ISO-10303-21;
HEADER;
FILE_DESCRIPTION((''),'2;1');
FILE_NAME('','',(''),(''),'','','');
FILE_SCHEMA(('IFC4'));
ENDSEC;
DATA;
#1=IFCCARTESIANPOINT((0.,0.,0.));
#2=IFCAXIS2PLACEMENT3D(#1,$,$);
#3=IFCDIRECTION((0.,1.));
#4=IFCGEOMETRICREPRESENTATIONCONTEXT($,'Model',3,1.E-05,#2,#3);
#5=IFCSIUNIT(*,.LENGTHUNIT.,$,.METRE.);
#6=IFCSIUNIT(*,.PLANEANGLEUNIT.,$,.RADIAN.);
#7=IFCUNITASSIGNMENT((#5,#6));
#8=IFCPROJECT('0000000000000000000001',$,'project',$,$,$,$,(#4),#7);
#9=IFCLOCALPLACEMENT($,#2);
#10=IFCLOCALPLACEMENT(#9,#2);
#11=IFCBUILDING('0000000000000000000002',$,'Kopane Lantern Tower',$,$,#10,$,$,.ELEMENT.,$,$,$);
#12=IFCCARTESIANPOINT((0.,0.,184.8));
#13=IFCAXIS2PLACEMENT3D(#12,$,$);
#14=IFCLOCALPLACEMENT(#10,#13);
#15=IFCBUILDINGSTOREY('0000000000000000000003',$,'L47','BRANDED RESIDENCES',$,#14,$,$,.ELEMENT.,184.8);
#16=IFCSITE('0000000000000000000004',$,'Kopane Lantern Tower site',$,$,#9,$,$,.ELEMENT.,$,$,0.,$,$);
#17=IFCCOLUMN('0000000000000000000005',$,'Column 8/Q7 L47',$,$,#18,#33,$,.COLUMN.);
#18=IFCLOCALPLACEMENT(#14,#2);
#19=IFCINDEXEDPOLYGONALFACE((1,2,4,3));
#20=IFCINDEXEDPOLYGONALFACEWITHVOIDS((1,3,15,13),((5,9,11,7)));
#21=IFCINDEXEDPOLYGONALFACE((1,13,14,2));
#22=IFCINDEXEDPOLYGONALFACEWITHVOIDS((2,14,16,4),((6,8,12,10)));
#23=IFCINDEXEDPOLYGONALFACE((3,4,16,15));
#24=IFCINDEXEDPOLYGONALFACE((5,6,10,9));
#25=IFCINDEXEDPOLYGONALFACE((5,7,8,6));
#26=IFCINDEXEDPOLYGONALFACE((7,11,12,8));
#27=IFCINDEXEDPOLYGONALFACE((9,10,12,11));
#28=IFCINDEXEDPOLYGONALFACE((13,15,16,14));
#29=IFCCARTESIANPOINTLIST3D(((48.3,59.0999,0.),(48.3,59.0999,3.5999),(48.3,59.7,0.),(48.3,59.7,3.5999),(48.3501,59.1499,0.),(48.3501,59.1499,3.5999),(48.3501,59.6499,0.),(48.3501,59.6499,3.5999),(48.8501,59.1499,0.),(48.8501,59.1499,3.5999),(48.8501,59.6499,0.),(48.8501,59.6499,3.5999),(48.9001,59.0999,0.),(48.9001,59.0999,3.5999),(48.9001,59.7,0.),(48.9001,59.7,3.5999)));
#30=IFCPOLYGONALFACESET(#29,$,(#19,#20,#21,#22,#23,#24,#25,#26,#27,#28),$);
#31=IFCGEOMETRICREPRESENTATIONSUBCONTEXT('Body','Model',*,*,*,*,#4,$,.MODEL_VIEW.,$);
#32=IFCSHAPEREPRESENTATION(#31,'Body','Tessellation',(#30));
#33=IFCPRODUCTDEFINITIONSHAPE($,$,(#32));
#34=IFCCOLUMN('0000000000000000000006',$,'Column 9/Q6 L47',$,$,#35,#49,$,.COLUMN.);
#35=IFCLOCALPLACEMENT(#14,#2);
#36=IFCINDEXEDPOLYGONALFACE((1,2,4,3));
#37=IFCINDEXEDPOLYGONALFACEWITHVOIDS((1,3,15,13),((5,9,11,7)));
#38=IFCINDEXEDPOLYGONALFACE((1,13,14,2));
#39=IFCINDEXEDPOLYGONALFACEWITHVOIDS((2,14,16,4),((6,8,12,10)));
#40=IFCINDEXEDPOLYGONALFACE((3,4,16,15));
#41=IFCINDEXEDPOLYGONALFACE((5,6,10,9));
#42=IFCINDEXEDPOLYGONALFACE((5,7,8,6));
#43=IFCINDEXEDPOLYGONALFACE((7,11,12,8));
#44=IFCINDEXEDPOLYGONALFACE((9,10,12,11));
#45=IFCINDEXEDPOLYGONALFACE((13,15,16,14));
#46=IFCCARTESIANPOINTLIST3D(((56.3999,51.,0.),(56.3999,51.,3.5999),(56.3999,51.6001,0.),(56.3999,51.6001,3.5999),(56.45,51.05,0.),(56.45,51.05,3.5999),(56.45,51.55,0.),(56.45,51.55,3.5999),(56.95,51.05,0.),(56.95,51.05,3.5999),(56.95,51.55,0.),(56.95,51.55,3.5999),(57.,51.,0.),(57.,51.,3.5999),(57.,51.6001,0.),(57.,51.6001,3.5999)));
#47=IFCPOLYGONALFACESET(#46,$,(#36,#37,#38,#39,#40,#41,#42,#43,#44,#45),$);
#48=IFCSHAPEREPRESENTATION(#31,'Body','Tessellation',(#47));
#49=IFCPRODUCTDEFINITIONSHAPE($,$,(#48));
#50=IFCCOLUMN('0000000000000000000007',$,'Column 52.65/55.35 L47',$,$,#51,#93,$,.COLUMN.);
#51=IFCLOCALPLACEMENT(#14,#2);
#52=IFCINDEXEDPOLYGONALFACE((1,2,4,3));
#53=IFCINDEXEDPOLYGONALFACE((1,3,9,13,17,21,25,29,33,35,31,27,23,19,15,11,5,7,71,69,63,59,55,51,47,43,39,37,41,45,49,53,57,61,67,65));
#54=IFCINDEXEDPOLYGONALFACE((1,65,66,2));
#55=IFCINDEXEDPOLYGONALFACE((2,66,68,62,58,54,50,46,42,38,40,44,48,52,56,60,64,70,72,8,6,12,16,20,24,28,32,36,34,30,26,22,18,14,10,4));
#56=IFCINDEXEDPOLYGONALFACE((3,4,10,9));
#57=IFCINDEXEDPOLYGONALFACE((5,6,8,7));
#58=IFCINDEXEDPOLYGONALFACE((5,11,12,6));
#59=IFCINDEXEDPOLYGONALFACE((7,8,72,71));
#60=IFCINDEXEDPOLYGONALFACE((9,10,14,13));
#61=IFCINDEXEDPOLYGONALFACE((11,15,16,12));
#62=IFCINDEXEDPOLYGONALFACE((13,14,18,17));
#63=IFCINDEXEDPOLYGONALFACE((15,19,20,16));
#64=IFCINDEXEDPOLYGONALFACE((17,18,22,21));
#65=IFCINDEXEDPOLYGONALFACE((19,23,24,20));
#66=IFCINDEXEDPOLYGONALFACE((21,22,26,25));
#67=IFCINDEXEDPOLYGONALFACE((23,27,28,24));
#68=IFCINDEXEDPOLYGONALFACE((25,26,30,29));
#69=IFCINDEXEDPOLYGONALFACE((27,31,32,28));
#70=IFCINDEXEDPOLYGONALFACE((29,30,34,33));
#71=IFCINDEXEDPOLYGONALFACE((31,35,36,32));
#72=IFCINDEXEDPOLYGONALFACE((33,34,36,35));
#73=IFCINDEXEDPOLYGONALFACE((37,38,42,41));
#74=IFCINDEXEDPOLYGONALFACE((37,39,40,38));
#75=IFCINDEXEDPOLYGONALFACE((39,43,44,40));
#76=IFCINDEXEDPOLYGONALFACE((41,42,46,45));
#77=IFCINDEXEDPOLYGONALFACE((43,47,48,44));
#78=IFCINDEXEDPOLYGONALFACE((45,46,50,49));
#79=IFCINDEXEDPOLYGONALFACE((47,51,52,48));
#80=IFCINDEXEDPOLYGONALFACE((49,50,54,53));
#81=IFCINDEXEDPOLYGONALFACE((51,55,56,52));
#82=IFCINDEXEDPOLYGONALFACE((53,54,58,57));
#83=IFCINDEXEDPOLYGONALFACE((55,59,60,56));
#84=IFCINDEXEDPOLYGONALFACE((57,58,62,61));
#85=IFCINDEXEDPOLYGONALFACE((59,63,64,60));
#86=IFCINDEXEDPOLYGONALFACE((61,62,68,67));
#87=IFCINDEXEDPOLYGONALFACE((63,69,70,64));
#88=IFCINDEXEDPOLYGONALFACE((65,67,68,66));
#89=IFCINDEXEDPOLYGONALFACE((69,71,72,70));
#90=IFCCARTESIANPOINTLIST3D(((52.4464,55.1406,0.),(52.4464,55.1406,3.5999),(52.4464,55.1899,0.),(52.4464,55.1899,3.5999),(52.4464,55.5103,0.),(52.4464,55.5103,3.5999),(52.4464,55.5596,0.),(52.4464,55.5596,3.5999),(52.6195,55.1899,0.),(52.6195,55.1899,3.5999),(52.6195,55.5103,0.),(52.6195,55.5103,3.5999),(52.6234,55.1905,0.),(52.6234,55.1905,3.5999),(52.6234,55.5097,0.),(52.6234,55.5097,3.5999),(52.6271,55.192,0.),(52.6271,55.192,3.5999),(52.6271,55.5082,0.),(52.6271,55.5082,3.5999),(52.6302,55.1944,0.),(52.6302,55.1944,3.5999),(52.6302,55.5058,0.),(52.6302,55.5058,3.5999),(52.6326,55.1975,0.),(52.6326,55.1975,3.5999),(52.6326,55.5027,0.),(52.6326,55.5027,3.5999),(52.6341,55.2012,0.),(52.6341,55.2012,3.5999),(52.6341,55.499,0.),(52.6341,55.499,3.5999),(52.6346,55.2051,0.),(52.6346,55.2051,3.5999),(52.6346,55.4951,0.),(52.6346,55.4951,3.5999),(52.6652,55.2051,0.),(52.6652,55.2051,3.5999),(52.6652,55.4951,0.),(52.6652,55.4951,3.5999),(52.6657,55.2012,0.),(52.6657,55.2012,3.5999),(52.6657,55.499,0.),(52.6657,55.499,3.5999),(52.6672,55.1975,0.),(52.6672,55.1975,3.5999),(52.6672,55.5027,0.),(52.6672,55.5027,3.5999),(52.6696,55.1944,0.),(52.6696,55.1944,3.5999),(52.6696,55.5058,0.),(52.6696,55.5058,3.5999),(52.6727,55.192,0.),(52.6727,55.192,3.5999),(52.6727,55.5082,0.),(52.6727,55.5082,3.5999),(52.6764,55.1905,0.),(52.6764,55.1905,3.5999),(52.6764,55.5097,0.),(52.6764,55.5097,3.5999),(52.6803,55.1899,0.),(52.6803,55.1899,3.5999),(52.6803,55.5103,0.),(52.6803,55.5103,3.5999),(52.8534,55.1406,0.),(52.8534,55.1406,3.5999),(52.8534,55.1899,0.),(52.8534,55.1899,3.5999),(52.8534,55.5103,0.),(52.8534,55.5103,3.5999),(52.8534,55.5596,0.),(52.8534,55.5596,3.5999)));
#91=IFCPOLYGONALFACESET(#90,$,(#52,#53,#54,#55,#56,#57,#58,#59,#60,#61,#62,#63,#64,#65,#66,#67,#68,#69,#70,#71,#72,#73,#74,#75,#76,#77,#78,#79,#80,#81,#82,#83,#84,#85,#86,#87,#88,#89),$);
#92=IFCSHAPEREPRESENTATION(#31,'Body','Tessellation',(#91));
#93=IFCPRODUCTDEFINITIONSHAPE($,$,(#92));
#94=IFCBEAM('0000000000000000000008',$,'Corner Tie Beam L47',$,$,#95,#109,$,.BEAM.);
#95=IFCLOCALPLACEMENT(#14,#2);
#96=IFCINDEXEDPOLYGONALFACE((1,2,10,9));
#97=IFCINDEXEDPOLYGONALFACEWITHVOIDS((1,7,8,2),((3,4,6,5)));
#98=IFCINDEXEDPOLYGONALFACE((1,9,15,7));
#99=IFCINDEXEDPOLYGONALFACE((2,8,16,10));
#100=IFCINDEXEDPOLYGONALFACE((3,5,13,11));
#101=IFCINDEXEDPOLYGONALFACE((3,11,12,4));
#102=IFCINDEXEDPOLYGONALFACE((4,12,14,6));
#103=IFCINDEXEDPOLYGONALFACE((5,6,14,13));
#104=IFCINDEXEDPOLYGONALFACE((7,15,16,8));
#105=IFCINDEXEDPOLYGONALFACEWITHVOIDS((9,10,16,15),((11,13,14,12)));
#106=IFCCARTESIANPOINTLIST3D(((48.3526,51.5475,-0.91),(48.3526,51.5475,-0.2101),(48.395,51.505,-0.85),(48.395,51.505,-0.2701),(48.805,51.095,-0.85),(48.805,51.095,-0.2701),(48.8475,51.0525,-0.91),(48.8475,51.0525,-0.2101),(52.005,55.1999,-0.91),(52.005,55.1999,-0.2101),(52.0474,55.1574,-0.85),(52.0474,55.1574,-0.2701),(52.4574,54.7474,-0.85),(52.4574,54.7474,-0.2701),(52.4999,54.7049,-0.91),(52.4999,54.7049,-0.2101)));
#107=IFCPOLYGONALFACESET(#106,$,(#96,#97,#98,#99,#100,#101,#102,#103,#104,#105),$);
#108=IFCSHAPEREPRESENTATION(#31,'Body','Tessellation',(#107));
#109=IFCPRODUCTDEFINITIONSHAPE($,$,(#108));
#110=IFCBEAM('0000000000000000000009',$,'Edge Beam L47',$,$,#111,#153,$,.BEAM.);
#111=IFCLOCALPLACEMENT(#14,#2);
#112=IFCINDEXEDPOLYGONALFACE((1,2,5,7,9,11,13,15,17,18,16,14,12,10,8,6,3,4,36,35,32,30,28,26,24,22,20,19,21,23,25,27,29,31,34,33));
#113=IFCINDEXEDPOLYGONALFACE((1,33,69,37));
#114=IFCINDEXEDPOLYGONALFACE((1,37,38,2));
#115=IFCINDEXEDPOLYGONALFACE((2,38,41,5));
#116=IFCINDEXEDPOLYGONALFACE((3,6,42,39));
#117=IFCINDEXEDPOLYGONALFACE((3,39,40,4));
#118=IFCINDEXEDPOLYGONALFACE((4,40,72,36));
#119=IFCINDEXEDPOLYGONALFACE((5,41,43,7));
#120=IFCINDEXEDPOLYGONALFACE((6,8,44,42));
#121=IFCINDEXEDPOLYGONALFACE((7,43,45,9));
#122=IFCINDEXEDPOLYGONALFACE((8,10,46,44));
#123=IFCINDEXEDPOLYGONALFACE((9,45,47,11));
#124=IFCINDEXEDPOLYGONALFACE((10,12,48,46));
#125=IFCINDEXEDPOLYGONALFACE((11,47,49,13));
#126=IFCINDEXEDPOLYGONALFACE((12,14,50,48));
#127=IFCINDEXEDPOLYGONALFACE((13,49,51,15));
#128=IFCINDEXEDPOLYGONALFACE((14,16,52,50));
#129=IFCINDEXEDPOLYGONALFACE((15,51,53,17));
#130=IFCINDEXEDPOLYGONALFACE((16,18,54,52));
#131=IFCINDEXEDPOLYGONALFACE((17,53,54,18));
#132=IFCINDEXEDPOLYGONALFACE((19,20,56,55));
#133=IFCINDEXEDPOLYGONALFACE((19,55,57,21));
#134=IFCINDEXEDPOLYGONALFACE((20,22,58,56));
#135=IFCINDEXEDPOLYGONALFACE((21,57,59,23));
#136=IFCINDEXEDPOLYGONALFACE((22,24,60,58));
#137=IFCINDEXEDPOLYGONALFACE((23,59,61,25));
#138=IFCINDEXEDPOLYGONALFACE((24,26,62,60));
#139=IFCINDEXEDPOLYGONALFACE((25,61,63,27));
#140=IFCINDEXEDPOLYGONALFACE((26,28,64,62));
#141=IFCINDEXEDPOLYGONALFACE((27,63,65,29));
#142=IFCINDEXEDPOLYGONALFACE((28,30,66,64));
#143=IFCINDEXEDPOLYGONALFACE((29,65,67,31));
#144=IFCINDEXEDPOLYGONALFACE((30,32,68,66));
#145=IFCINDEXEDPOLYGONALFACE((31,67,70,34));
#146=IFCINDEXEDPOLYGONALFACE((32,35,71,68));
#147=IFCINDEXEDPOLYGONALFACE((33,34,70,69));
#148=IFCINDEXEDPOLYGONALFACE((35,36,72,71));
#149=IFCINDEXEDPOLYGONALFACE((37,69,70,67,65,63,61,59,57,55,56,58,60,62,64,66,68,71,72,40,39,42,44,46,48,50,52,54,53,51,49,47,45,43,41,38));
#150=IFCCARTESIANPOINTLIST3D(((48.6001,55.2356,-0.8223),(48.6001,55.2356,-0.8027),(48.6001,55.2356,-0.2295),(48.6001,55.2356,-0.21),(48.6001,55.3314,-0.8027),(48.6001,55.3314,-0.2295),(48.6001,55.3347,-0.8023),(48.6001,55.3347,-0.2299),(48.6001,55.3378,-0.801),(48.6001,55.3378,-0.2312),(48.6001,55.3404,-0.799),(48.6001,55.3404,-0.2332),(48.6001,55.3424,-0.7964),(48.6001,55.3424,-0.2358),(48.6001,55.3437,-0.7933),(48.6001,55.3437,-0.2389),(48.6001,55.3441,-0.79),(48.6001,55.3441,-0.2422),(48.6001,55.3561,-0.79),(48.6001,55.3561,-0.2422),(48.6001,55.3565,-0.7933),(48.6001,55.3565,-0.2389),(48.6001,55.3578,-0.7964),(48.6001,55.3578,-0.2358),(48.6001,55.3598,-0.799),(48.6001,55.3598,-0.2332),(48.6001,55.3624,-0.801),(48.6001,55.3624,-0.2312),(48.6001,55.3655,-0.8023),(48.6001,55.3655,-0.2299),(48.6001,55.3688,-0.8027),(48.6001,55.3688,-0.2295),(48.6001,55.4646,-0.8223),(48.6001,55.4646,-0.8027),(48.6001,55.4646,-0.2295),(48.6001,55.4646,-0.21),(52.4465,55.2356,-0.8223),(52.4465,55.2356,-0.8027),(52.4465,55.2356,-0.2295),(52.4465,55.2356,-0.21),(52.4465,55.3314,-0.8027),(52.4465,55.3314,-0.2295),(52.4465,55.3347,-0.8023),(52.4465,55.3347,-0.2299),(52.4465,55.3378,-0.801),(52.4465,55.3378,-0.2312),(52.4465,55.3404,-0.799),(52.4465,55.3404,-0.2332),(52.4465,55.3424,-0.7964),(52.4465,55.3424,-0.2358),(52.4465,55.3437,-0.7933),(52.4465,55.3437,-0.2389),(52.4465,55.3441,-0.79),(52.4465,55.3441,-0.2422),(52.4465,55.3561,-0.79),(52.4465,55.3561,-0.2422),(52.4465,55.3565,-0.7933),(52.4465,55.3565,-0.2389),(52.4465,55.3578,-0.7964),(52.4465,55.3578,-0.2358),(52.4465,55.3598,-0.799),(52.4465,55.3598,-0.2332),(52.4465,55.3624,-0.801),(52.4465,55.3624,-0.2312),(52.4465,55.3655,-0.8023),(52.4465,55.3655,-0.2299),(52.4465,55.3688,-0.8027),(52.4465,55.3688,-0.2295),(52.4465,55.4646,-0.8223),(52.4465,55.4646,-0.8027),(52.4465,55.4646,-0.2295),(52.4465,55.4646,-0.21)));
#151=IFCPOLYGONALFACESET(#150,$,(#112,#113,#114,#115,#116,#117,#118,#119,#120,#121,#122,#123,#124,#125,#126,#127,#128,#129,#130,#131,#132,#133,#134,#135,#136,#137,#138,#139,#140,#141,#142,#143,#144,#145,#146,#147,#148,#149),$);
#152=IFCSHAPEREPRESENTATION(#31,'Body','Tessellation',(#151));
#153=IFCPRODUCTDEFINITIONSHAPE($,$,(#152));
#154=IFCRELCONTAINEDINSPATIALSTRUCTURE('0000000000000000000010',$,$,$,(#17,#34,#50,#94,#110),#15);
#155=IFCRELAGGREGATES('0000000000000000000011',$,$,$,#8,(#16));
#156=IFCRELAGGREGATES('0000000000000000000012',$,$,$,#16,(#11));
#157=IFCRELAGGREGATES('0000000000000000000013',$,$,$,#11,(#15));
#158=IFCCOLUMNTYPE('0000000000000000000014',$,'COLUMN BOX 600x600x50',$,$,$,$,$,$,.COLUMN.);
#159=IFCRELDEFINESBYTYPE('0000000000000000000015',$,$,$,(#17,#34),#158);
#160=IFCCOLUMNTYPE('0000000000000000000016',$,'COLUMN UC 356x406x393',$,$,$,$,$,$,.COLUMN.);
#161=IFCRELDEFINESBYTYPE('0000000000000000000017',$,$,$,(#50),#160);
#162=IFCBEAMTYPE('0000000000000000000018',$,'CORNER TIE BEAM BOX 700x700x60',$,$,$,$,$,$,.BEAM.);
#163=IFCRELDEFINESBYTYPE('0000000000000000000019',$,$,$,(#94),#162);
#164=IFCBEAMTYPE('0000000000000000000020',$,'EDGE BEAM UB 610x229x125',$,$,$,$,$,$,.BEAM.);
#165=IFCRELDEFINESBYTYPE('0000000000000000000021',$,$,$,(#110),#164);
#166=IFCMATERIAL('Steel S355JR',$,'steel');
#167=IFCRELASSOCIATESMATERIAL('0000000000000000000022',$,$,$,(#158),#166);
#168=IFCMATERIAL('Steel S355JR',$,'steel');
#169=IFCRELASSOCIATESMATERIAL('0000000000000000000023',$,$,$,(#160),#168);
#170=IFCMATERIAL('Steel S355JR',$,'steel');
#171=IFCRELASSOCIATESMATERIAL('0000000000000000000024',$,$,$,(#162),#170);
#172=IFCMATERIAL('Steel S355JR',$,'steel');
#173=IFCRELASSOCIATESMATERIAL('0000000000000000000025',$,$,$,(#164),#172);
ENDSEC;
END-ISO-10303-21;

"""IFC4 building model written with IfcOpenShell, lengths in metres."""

from ifc_helpers import new_model, si_unit, direction, frame, origin, origin_2d, place, context, subcontext, project, spatial, hollow_rectangle, i_section, extrude, material, material_profile, profile_set, type_object, element, save


model = new_model("IFC4")

# Units and contexts
model_context = context("Model", 3, precision=1e-05, world=origin(), true_north=direction((0.0, 1.0)))
body_context = subcontext(model_context, "Body", "Model", "MODEL_VIEW")
ifc_project = project(units=[si_unit("LENGTHUNIT", "METRE"), si_unit("PLANEANGLEUNIT", "RADIAN")], contexts=[model_context])

# Site, building, storey
site_placement = place(None, origin())
site = spatial("IfcSite", under=ifc_project, at=site_placement, Name="Kopane Lantern Tower site", CompositionType="ELEMENT", RefElevation=0.0)
building_placement = place(site_placement, origin())
building = spatial("IfcBuilding", under=site, at=building_placement, Name="Kopane Lantern Tower", CompositionType="ELEMENT")
storey_placement = place(building_placement, frame((0.0, 0.0, 184.8)))
storey = spatial("IfcBuildingStorey", under=building, at=storey_placement, Name="L47", Description="BRANDED RESIDENCES", CompositionType="ELEMENT", Elevation=184.8)

# Columns
ifc_material_1 = material(Name="Steel S355JR", Category="steel")
ifc_material_profile_1 = material_profile(ifc_material_1, hollow_rectangle(XDim=0.6001, YDim=0.6001, WallThickness=0.05, at=origin_2d()), Name="BOX 600x600x50")
ifc_profile_set_1 = profile_set([ifc_material_profile_1], Name="Steel S355JR")
column_type_1 = type_object("IfcColumnType", Name="COLUMN BOX 600x600x50", PredefinedType="COLUMN", material=ifc_profile_set_1)
for number, where, z_axis, x_axis, name in (
    (1, (48.6001, 59.3999, 0.0), (0.0, 0.0, 1.0), (1.0, 0.0, 0.0), "Column 8/Q7 L47"),
    (2, (56.7, 51.3, 0.0), (0.0, 0.0, 1.0), (1.0, 0.0, 0.0), "Column 9/Q6 L47"),
):
    element("IfcColumn", number, at=place(storey_placement, frame(where, z_axis=z_axis, x_axis=x_axis)), inside=storey, type_object=column_type_1, Name=name, PredefinedType="COLUMN", context=body_context, shape_type="SweptSolid", body=[
        extrude(hollow_rectangle(XDim=0.6001, YDim=0.6001, WallThickness=0.05, at=origin_2d()), origin(), (0.0, 0.0, 1.0), 3.5999),
    ])
ifc_material_2 = material(Name="Steel S355JR", Category="steel")
ifc_material_profile_2 = material_profile(ifc_material_2, i_section(OverallWidth=0.407, OverallDepth=0.4189, WebThickness=0.0305, FlangeThickness=0.0493, FilletRadius=0.0151, at=origin_2d()), Name="UC 356x406x393")
ifc_profile_set_2 = profile_set([ifc_material_profile_2], Name="Steel S355JR")
column_type_2 = type_object("IfcColumnType", Name="COLUMN UC 356x406x393", PredefinedType="COLUMN", material=ifc_profile_set_2)
column_placement = place(storey_placement, frame((52.6499, 55.3501, 0.0), z_axis=(0.0, 0.0, 1.0), x_axis=(1.0, 0.0, 0.0)))
element("IfcColumn", 3, at=column_placement, inside=storey, type_object=column_type_2, Name="Column 52.65/55.35 L47", PredefinedType="COLUMN", context=body_context, shape_type="SweptSolid", body=[
    extrude(i_section(OverallWidth=0.407, OverallDepth=0.4189, WebThickness=0.0305, FlangeThickness=0.0493, FilletRadius=0.0151, at=origin_2d()), origin(), (0.0, 0.0, 1.0), 3.5999),
])

# Beams
ifc_material_3 = material(Name="Steel S355JR", Category="steel")
ifc_material_profile_3 = material_profile(ifc_material_3, hollow_rectangle(XDim=0.7, YDim=0.7, WallThickness=0.0601, at=origin_2d()), Name="BOX 700x700x60")
ifc_profile_set_3 = profile_set([ifc_material_profile_3], Name="Steel S355JR")
beam_type_1 = type_object("IfcBeamType", Name="CORNER TIE BEAM BOX 700x700x60", PredefinedType="BEAM", material=ifc_profile_set_3)
beam_placement = place(storey_placement, frame((52.2524, 54.9524, -0.5601), z_axis=(-0.707107, -0.707107, 0.0), x_axis=(0.707107, -0.707107, 0.0)))
element("IfcBeam", 4, at=beam_placement, inside=storey, type_object=beam_type_1, Name="Corner Tie Beam L47", PredefinedType="BEAM", context=body_context, shape_type="SweptSolid", body=[
    extrude(hollow_rectangle(XDim=0.7, YDim=0.7, WallThickness=0.0601, at=origin_2d()), origin(), (0.0, 0.0, 1.0), 5.1653),
])
ifc_material_4 = material(Name="Steel S355JR", Category="steel")
ifc_material_profile_4 = material_profile(ifc_material_4, i_section(OverallWidth=0.229, OverallDepth=0.6123, WebThickness=0.012, FlangeThickness=0.0195, FilletRadius=0.0127, at=origin_2d()), Name="UB 610x229x125")
ifc_profile_set_4 = profile_set([ifc_material_profile_4], Name="Steel S355JR")
beam_type_2 = type_object("IfcBeamType", Name="EDGE BEAM UB 610x229x125", PredefinedType="BEAM", material=ifc_profile_set_4)
for number, where, z_axis, x_axis, name in (
    (5, (52.4465, 55.3501, -0.5161), (-1.0, 0.0, 0.0), (0.0, -1.0, 0.0), "Edge Beam L47"),
):
    element("IfcBeam", number, at=place(storey_placement, frame(where, z_axis=z_axis, x_axis=x_axis)), inside=storey, type_object=beam_type_2, Name=name, PredefinedType="BEAM", context=body_context, shape_type="SweptSolid", body=[
        extrude(i_section(OverallWidth=0.229, OverallDepth=0.6123, WebThickness=0.012, FlangeThickness=0.0195, FilletRadius=0.0127, at=origin_2d()), origin(), (0.0, 0.0, 1.0), 3.8464),
    ])

save(model, "model.ifc")
